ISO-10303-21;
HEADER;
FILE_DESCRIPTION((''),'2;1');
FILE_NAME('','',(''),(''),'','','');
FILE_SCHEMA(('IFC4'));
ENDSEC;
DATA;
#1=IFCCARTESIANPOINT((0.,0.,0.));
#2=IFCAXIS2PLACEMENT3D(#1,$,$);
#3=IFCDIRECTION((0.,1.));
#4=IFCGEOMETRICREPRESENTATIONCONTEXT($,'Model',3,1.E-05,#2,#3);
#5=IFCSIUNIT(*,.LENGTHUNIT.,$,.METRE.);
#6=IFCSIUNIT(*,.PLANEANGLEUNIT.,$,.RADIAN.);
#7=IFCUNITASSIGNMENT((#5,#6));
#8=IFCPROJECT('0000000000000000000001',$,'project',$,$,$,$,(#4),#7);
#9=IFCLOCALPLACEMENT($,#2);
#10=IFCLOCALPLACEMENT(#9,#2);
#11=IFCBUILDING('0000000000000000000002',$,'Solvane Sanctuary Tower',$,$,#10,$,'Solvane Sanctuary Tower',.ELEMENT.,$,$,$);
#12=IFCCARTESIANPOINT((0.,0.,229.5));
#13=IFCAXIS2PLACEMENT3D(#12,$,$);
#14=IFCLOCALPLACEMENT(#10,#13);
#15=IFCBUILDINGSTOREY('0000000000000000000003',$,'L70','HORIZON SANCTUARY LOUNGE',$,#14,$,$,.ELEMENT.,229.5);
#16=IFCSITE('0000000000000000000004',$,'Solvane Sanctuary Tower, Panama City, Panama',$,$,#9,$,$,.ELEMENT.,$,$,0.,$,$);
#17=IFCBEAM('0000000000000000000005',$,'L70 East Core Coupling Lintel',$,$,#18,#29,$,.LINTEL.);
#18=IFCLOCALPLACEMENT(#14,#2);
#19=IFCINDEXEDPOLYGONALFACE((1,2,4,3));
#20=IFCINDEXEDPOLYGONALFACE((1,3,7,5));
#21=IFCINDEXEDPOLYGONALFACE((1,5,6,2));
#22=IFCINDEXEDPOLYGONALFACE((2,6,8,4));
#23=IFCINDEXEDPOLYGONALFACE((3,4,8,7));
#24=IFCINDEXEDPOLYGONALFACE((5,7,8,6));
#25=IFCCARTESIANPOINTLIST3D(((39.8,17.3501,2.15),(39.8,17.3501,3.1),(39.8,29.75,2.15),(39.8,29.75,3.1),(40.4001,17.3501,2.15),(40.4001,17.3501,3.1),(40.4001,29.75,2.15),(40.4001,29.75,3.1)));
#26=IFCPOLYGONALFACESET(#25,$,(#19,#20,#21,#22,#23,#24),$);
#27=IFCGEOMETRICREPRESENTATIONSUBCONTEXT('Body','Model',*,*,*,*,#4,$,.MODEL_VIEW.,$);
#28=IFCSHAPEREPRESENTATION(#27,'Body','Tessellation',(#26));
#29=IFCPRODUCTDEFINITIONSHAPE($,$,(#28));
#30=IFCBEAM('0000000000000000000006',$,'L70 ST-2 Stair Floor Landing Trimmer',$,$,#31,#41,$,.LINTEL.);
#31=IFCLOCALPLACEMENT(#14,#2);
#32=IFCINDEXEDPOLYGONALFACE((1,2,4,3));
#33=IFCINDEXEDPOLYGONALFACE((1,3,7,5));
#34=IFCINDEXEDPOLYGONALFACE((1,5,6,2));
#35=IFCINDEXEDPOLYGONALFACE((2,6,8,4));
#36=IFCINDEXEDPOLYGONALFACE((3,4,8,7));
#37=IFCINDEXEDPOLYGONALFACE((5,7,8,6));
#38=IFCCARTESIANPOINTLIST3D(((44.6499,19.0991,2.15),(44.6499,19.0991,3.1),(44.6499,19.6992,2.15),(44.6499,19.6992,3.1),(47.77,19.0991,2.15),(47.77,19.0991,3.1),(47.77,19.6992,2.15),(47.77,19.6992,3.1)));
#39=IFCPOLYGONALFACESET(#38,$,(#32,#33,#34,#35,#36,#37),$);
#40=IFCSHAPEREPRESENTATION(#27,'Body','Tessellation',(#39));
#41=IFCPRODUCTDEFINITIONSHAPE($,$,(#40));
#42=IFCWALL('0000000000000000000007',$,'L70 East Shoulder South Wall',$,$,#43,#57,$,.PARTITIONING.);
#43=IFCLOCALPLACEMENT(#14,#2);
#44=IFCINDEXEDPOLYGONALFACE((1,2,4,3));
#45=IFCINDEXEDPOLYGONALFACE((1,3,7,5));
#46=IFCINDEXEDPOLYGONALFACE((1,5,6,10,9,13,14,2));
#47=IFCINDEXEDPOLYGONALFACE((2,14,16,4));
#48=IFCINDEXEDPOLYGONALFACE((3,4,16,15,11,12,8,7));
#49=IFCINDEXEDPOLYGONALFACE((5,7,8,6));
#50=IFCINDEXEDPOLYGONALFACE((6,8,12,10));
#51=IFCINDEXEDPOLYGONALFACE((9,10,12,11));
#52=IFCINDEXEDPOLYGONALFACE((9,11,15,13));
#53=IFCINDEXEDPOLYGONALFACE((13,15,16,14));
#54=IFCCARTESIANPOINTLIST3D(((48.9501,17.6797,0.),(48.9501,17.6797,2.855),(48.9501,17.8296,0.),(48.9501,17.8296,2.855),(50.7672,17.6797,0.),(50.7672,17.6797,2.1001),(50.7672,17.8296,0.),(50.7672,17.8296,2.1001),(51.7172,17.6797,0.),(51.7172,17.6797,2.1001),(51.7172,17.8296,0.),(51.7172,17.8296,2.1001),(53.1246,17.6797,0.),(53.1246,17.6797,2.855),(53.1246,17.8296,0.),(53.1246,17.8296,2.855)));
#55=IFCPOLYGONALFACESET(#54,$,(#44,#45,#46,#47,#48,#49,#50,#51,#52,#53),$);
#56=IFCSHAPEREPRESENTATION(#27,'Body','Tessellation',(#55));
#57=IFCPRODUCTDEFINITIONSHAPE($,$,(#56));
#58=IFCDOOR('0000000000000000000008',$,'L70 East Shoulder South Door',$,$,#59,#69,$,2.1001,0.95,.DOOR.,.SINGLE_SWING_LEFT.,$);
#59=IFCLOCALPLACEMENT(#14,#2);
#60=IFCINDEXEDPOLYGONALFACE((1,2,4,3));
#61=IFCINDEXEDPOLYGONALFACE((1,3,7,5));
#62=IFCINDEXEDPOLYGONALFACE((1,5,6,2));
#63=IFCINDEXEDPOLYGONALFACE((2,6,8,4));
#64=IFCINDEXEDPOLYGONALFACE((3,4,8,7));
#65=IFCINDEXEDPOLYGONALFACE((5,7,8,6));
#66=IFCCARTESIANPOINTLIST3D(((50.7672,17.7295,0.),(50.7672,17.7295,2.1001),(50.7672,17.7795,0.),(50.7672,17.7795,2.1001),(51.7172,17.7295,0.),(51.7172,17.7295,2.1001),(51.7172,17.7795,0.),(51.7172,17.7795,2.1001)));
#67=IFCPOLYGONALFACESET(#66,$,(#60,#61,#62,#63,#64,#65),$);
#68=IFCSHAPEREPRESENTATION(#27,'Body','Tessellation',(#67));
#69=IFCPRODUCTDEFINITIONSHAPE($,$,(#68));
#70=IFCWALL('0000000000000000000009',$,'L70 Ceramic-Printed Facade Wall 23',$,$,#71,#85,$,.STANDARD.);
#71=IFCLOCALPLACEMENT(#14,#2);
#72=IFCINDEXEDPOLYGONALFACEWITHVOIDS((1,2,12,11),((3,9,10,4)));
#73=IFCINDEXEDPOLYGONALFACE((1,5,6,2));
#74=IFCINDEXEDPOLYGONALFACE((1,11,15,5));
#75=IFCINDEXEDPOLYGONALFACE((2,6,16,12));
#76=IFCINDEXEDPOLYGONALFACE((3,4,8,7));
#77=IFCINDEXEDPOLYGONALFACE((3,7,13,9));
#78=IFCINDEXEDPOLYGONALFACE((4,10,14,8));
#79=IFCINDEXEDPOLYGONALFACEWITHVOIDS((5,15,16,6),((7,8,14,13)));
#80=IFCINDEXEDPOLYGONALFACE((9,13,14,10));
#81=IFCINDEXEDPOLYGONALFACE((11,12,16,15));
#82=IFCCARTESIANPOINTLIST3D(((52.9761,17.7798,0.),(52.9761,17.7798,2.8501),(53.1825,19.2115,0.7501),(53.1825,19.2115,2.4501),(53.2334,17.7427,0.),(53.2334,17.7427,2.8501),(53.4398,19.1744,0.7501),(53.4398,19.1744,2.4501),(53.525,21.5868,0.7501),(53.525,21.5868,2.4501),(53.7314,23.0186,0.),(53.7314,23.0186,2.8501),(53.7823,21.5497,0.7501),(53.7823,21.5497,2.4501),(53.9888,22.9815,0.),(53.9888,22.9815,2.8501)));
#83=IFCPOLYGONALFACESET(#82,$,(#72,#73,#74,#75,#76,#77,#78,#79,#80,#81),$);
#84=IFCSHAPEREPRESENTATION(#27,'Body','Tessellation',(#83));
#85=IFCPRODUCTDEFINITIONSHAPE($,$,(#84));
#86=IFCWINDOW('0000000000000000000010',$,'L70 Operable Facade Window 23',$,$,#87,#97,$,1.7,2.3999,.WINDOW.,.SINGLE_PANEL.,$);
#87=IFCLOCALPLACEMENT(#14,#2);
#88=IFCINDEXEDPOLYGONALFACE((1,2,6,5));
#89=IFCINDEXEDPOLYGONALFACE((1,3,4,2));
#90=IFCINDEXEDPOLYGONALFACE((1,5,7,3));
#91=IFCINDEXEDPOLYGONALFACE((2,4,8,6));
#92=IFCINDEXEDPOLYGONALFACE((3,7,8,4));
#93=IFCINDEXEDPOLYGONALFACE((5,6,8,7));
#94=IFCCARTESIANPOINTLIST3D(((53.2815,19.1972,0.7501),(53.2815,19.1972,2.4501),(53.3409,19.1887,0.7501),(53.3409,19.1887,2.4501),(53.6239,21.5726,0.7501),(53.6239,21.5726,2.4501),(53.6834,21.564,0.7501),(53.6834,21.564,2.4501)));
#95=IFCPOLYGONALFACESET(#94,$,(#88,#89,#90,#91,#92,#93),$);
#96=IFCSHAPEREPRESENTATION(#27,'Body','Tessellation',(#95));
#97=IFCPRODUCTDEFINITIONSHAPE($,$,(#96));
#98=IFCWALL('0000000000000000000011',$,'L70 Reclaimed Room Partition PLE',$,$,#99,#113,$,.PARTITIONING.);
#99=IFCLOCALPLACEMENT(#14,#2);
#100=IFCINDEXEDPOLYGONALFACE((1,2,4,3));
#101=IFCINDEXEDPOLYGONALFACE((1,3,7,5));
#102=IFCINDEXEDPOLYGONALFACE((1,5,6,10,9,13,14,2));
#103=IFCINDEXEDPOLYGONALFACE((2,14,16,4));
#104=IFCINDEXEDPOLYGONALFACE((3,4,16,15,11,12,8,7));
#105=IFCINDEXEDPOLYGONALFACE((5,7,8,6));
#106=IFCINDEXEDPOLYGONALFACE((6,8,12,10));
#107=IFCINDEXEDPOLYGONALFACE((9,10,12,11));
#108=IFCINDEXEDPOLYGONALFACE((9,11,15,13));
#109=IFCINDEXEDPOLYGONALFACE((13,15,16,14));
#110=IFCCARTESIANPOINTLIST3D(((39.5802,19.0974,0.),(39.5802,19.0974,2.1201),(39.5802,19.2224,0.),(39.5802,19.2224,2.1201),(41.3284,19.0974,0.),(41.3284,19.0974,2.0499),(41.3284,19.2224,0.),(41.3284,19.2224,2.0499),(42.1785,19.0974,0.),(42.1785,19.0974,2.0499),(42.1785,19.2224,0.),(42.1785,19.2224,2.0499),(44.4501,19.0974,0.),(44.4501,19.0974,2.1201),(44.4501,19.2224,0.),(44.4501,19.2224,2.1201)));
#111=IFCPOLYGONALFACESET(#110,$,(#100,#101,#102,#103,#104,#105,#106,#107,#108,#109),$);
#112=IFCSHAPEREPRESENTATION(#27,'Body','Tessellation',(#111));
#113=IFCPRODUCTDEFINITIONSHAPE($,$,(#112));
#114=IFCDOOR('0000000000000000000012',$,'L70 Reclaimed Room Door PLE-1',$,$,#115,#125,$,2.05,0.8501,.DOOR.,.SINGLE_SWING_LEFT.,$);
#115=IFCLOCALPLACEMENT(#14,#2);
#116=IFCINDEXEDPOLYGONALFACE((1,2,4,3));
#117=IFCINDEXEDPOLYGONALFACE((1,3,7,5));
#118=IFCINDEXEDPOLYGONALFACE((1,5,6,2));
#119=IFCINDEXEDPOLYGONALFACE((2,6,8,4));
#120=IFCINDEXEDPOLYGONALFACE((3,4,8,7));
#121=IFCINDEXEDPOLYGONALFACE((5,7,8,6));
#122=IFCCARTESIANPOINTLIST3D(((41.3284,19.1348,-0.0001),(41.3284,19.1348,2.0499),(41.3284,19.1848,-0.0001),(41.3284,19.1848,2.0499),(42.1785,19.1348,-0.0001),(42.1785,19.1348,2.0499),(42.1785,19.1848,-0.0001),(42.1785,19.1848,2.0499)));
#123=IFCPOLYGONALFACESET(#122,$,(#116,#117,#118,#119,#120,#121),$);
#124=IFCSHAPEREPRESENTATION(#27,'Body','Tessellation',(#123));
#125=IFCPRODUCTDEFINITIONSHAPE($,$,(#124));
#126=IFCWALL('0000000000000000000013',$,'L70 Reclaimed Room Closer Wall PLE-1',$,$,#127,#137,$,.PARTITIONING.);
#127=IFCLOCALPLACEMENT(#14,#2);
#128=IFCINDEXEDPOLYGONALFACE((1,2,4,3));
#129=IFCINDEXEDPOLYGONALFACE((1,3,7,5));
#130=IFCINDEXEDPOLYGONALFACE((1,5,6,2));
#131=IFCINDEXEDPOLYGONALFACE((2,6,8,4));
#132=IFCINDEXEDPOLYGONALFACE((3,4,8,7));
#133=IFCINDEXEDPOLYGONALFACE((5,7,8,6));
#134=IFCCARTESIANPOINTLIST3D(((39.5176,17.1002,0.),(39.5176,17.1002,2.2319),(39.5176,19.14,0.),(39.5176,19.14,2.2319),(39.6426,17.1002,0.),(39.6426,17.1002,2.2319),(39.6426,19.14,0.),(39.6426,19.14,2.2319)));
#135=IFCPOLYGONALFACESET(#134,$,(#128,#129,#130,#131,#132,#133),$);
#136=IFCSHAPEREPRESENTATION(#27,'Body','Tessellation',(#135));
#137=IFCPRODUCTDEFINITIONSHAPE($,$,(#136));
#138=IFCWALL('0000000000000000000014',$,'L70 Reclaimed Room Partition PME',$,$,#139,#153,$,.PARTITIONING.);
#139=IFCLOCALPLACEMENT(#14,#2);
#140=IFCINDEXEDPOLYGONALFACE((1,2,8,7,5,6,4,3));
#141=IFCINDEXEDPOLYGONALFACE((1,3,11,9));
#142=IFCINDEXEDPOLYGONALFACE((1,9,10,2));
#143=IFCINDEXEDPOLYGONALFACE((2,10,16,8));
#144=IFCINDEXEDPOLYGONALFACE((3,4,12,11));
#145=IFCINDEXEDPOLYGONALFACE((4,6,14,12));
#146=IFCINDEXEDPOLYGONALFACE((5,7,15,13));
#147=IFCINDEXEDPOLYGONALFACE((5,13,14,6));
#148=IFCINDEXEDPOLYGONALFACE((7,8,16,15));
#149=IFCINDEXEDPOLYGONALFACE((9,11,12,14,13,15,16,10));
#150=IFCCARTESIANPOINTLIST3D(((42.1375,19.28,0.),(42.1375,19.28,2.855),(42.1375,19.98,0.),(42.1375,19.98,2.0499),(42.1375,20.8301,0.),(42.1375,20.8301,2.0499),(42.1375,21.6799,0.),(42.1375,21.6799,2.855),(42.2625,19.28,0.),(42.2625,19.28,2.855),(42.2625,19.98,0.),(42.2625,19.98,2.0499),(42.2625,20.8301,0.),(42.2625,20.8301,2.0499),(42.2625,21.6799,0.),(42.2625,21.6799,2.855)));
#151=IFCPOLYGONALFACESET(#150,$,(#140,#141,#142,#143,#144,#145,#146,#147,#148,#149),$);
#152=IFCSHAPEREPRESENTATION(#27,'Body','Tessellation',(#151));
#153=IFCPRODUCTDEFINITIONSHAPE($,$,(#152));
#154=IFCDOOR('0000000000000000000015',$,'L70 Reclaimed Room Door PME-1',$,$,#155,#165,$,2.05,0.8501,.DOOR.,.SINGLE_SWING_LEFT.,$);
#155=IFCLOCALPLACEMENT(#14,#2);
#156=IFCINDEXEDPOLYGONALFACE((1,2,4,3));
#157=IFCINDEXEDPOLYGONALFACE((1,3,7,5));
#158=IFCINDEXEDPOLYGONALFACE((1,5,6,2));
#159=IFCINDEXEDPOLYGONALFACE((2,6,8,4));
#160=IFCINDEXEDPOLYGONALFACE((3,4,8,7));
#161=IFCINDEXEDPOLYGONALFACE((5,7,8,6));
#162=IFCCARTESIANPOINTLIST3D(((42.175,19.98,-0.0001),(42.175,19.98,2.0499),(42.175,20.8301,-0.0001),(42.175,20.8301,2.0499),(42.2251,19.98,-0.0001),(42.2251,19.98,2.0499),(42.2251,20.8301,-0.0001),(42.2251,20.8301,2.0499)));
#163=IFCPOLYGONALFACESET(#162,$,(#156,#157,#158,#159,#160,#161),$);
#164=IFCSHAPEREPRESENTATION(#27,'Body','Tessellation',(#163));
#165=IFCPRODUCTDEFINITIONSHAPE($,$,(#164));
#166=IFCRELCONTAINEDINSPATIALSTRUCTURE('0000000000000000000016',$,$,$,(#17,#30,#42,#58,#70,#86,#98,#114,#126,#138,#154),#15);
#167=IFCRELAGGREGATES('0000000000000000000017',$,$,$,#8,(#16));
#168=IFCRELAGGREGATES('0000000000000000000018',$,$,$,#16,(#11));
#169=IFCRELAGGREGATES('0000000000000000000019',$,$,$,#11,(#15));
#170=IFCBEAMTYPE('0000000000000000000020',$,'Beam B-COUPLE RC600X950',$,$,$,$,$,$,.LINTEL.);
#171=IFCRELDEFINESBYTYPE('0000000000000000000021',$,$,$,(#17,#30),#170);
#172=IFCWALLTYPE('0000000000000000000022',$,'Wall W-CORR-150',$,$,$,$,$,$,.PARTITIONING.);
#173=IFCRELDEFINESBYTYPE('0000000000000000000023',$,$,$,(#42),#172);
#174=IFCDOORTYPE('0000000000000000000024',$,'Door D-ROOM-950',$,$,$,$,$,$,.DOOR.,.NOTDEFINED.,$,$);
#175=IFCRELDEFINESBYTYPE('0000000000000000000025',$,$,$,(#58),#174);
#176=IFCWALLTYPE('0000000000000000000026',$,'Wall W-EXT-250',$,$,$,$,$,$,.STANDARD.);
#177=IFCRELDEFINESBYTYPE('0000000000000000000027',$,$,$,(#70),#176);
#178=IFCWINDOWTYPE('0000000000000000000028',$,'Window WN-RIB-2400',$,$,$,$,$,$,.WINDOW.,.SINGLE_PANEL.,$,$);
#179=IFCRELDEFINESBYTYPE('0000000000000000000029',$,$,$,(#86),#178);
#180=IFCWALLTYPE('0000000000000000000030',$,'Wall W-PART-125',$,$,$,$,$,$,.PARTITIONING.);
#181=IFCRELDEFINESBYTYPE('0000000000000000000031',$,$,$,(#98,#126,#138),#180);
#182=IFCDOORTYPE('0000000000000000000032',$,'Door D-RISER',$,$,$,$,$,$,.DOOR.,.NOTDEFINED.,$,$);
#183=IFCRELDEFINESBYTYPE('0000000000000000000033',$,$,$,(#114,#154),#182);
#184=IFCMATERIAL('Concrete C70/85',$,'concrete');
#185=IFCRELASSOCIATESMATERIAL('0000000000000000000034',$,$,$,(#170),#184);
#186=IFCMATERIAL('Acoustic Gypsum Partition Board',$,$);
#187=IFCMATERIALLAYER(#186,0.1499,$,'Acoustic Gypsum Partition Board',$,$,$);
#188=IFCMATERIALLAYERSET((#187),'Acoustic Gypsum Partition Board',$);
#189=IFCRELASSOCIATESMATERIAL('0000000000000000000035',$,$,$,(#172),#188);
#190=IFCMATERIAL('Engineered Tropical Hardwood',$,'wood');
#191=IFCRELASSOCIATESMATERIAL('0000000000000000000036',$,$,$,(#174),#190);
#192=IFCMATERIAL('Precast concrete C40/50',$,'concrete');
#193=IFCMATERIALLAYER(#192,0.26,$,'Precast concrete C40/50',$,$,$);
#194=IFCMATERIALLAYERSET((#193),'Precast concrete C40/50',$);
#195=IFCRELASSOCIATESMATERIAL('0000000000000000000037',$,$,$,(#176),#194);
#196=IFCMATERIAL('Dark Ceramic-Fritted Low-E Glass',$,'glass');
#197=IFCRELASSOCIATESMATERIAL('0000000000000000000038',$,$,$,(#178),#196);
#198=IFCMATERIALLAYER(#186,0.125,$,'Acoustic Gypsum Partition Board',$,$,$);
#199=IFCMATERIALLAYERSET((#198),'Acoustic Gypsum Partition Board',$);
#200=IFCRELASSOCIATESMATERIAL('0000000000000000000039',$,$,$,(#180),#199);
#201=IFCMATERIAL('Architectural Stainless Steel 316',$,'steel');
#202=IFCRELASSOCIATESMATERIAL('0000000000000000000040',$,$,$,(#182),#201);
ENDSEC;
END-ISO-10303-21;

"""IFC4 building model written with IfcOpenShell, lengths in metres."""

from ifc_helpers import new_model, si_unit, direction, frame, frame_2d, origin, origin_2d, place, context, subcontext, project, spatial, rectangle, extrude, material, layer, layer_set, material_profile, profile_set, type_object, element, fill, save


model = new_model("IFC4")

# Units and contexts
model_context = context("Model", 3, precision=1e-05, world=origin(), true_north=direction((0.0, 1.0)))
body_context = subcontext(model_context, "Body", "Model", "MODEL_VIEW")
ifc_project = project(units=[si_unit("LENGTHUNIT", "METRE"), si_unit("PLANEANGLEUNIT", "RADIAN")], contexts=[model_context])

# Site, building, storey
site_placement = place(None, origin())
site = spatial("IfcSite", under=ifc_project, at=site_placement, Name="Solvane Sanctuary Tower, Panama City, Panama", CompositionType="ELEMENT", RefElevation=0.0)
building_placement = place(site_placement, origin())
building = spatial("IfcBuilding", under=site, at=building_placement, Name="Solvane Sanctuary Tower", LongName="Solvane Sanctuary Tower", CompositionType="ELEMENT")
storey_placement = place(building_placement, frame((0.0, 0.0, 229.5)))
storey = spatial("IfcBuildingStorey", under=building, at=storey_placement, Name="L70", Description="HORIZON SANCTUARY LOUNGE", CompositionType="ELEMENT", Elevation=229.5)

# Beams
ifc_material_1 = material(Name="Concrete C70/85", Category="concrete")
ifc_material_profile = material_profile(ifc_material_1, rectangle(XDim=0.6001, YDim=0.95, at=origin_2d()), Name="RC600X950")
ifc_profile_set = profile_set([ifc_material_profile], Name="Concrete C70/85")
beam_type = type_object("IfcBeamType", Name="Beam B-COUPLE RC600X950", PredefinedType="LINTEL", material=ifc_profile_set)
beam_1_placement = place(storey_placement, frame((40.1001, 17.3501, 2.625), z_axis=(0.0, 1.0, 0.0), x_axis=(-1.0, 0.0, 0.0)))
element("IfcBeam", 1, at=beam_1_placement, inside=storey, type_object=beam_type, Name="L70 East Core Coupling Lintel", PredefinedType="LINTEL", context=body_context, shape_type="SweptSolid", body=[
    extrude(rectangle(XDim=0.6001, YDim=0.95, at=origin_2d()), origin(), (0.0, 0.0, 1.0), 12.3999),
])
beam_2_placement = place(storey_placement, frame((44.6499, 19.3992, 2.625), z_axis=(1.0, 0.0, 0.0), x_axis=(0.0, 1.0, 0.0)))
element("IfcBeam", 2, at=beam_2_placement, inside=storey, type_object=beam_type, Name="L70 ST-2 Stair Floor Landing Trimmer", PredefinedType="LINTEL", context=body_context, shape_type="SweptSolid", body=[
    extrude(rectangle(XDim=0.6001, YDim=0.95, at=origin_2d()), origin(), (0.0, 0.0, 1.0), 3.1201),
])

# Wall, opening, door
ifc_material_2 = material(Name="Acoustic Gypsum Partition Board")
ifc_layer_1 = layer(ifc_material_2, 0.1499, Name="Acoustic Gypsum Partition Board")
ifc_layer_set_1 = layer_set([ifc_layer_1], Name="Acoustic Gypsum Partition Board")
wall_type_1 = type_object("IfcWallType", Name="Wall W-CORR-150", PredefinedType="PARTITIONING", material=ifc_layer_set_1)
wall_1_placement = place(storey_placement, frame((48.95, 17.7546, 0.0), z_axis=(0.0, 0.0, 1.0), x_axis=(1.0, 0.0, 0.0)))
wall_1 = element("IfcWall", 3, at=wall_1_placement, inside=storey, type_object=wall_type_1, Name="L70 East Shoulder South Wall", PredefinedType="PARTITIONING", context=body_context, shape_type="SweptSolid", body=[
    extrude(rectangle(XDim=4.1746, YDim=0.1499, at=frame_2d((2.0874, 0.0))), origin(), (0.0, 0.0, 1.0), 2.855),
])
opening_1_placement = place(wall_1_placement, frame((1.8171, 0.0, 0.0)))
opening_1 = element("IfcOpeningElement", 4, at=opening_1_placement, cuts=wall_1, PredefinedType="OPENING", context=body_context, shape_type="SweptSolid", body=[
    extrude(rectangle(XDim=0.95, YDim=2.1001, at=frame_2d((0.4751, 1.05))), frame((0.0, 0.085, 0.0), z_axis=(0.0, -1.0, 0.0), x_axis=(1.0, 0.0, 0.0)), (0.0, 0.0, 1.0), 0.1699),
])
ifc_material_3 = material(Name="Engineered Tropical Hardwood", Category="wood")
door_type_1 = type_object("IfcDoorType", Name="Door D-ROOM-950", OperationType="NOTDEFINED", PredefinedType="DOOR", material=ifc_material_3)
door_1_placement = place(opening_1_placement, origin())
door_1 = element("IfcDoor", 5, at=door_1_placement, inside=storey, type_object=door_type_1, Name="L70 East Shoulder South Door", OperationType="SINGLE_SWING_LEFT", OverallHeight=2.1001, OverallWidth=0.95, PredefinedType="DOOR", context=body_context, shape_type="SweptSolid", body=[
    extrude(rectangle(XDim=0.95, YDim=2.1001, at=frame_2d((0.4751, 1.05))), frame((0.0, 0.0249, 0.0), z_axis=(0.0, -1.0, 0.0), x_axis=(1.0, 0.0, 0.0)), (0.0, 0.0, 1.0), 0.05),
])
fill(opening_1, door_1)

# Wall, opening, window
ifc_material_4 = material(Name="Precast concrete C40/50", Category="concrete")
ifc_layer_2 = layer(ifc_material_4, 0.26, Name="Precast concrete C40/50")
ifc_layer_set_2 = layer_set([ifc_layer_2], Name="Precast concrete C40/50")
wall_type_2 = type_object("IfcWallType", Name="Wall W-EXT-250", PredefinedType="STANDARD", material=ifc_layer_set_2)
wall_2_placement = place(storey_placement, frame((53.1047, 17.7612, 0.0), z_axis=(0.0, 0.0, 1.0), x_axis=(0.142713, 0.989764, 0.0)))
wall_2 = element("IfcWall", 6, at=wall_2_placement, inside=storey, type_object=wall_type_2, Name="L70 Ceramic-Printed Facade Wall 23", PredefinedType="STANDARD", context=body_context, shape_type="SweptSolid", body=[
    extrude(rectangle(XDim=5.293, YDim=0.26, at=frame_2d((2.6465, 0.0))), origin(), (0.0, 0.0, 1.0), 2.8501),
])
opening_2_placement = place(wall_2_placement, frame((1.4465, 0.0, 0.75)))
opening_2 = element("IfcOpeningElement", 7, at=opening_2_placement, cuts=wall_2, PredefinedType="OPENING", context=body_context, shape_type="SweptSolid", body=[
    extrude(rectangle(XDim=2.3999, YDim=1.7, at=frame_2d((1.2, 0.8501))), frame((0.0, 0.1399, 0.0), z_axis=(0.0, -1.0, 0.0), x_axis=(1.0, 0.0, 0.0)), (0.0, 0.0, 1.0), 0.28),
])
ifc_material_5 = material(Name="Dark Ceramic-Fritted Low-E Glass", Category="glass")
window_type = type_object("IfcWindowType", Name="Window WN-RIB-2400", PartitioningType="SINGLE_PANEL", PredefinedType="WINDOW", material=ifc_material_5)
window_placement = place(opening_2_placement, origin())
window = element("IfcWindow", 8, at=window_placement, inside=storey, type_object=window_type, Name="L70 Operable Facade Window 23", OverallHeight=1.7, OverallWidth=2.3999, PartitioningType="SINGLE_PANEL", PredefinedType="WINDOW", context=body_context, shape_type="SweptSolid", body=[
    extrude(rectangle(XDim=2.3999, YDim=1.7, at=frame_2d((1.2, 0.8501))), frame((0.0, 0.03, 0.0), z_axis=(0.0, -1.0, 0.0), x_axis=(1.0, 0.0, 0.0)), (0.0, 0.0, 1.0), 0.0601),
])
fill(opening_2, window)

# Wall, opening, door
ifc_layer_3 = layer(ifc_material_2, 0.125, Name="Acoustic Gypsum Partition Board")
ifc_layer_set_3 = layer_set([ifc_layer_3], Name="Acoustic Gypsum Partition Board")
wall_type_3 = type_object("IfcWallType", Name="Wall W-PART-125", PredefinedType="PARTITIONING", material=ifc_layer_set_3)
wall_3_placement = place(storey_placement, frame((39.5801, 19.1599, 0.0), z_axis=(0.0, 0.0, 1.0), x_axis=(1.0, 0.0, 0.0)))
wall_3 = element("IfcWall", 9, at=wall_3_placement, inside=storey, type_object=wall_type_3, Name="L70 Reclaimed Room Partition PLE", PredefinedType="PARTITIONING", context=body_context, shape_type="SweptSolid", body=[
    extrude(rectangle(XDim=4.8699, YDim=0.125, at=frame_2d((2.4351, 0.0))), origin(), (0.0, 0.0, 1.0), 2.1201),
])
opening_3_placement = place(wall_3_placement, frame((1.7483, 0.0, 0.0)))
opening_3 = element("IfcOpeningElement", 10, at=opening_3_placement, cuts=wall_3, PredefinedType="OPENING", context=body_context, shape_type="SweptSolid", body=[
    extrude(rectangle(XDim=0.8501, YDim=2.05, at=frame_2d((0.425, 1.0249))), frame((0.0, 0.0725, 0.0), z_axis=(0.0, -1.0, 0.0), x_axis=(1.0, 0.0, 0.0)), (0.0, 0.0, 1.0), 0.145),
])
ifc_material_6 = material(Name="Architectural Stainless Steel 316", Category="steel")
door_type_2 = type_object("IfcDoorType", Name="Door D-RISER", OperationType="NOTDEFINED", PredefinedType="DOOR", material=ifc_material_6)
door_2_placement = place(opening_3_placement, origin())
door_2 = element("IfcDoor", 11, at=door_2_placement, inside=storey, type_object=door_type_2, Name="L70 Reclaimed Room Door PLE-1", OperationType="SINGLE_SWING_LEFT", OverallHeight=2.05, OverallWidth=0.8501, PredefinedType="DOOR", context=body_context, shape_type="SweptSolid", body=[
    extrude(rectangle(XDim=0.8501, YDim=2.05, at=frame_2d((0.425, 1.0249))), frame((0.0, 0.0249, 0.0), z_axis=(0.0, -1.0, 0.0), x_axis=(1.0, 0.0, 0.0)), (0.0, 0.0, 1.0), 0.05),
])
fill(opening_3, door_2)

# Wall
wall_4_placement = place(storey_placement, frame((39.5801, 17.1001, 0.0), z_axis=(0.0, 0.0, 1.0), x_axis=(0.0, 1.0, 0.0)))
element("IfcWall", 12, at=wall_4_placement, inside=storey, type_object=wall_type_3, Name="L70 Reclaimed Room Closer Wall PLE-1", PredefinedType="PARTITIONING", context=body_context, shape_type="SweptSolid", body=[
    extrude(rectangle(XDim=2.0398, YDim=0.125, at=frame_2d((1.02, 0.0))), origin(), (0.0, 0.0, 1.0), 2.2319),
])

# Wall, opening, door
wall_5_placement = place(storey_placement, frame((42.2, 19.28, 0.0), z_axis=(0.0, 0.0, 1.0), x_axis=(0.0, 1.0, 0.0)))
wall_5 = element("IfcWall", 13, at=wall_5_placement, inside=storey, type_object=wall_type_3, Name="L70 Reclaimed Room Partition PME", PredefinedType="PARTITIONING", context=body_context, shape_type="SweptSolid", body=[
    extrude(rectangle(XDim=2.3999, YDim=0.125, at=frame_2d((1.2, 0.0))), origin(), (0.0, 0.0, 1.0), 2.855),
])
opening_4_placement = place(wall_5_placement, frame((0.7, 0.0, 0.0)))
opening_4 = element("IfcOpeningElement", 14, at=opening_4_placement, cuts=wall_5, PredefinedType="OPENING", context=body_context, shape_type="SweptSolid", body=[
    extrude(rectangle(XDim=0.8501, YDim=2.05, at=frame_2d((0.425, 1.0249))), frame((0.0, 0.0725, 0.0), z_axis=(0.0, -1.0, 0.0), x_axis=(1.0, 0.0, 0.0)), (0.0, 0.0, 1.0), 0.145),
])
door_3_placement = place(opening_4_placement, origin())
door_3 = element("IfcDoor", 15, at=door_3_placement, inside=storey, type_object=door_type_2, Name="L70 Reclaimed Room Door PME-1", OperationType="SINGLE_SWING_LEFT", OverallHeight=2.05, OverallWidth=0.8501, PredefinedType="DOOR", context=body_context, shape_type="SweptSolid", body=[
    extrude(rectangle(XDim=0.8501, YDim=2.05, at=frame_2d((0.425, 1.0249))), frame((0.0, 0.0249, 0.0), z_axis=(0.0, -1.0, 0.0), x_axis=(1.0, 0.0, 0.0)), (0.0, 0.0, 1.0), 0.05),
])
fill(opening_4, door_3)

save(model, "model.ifc")
